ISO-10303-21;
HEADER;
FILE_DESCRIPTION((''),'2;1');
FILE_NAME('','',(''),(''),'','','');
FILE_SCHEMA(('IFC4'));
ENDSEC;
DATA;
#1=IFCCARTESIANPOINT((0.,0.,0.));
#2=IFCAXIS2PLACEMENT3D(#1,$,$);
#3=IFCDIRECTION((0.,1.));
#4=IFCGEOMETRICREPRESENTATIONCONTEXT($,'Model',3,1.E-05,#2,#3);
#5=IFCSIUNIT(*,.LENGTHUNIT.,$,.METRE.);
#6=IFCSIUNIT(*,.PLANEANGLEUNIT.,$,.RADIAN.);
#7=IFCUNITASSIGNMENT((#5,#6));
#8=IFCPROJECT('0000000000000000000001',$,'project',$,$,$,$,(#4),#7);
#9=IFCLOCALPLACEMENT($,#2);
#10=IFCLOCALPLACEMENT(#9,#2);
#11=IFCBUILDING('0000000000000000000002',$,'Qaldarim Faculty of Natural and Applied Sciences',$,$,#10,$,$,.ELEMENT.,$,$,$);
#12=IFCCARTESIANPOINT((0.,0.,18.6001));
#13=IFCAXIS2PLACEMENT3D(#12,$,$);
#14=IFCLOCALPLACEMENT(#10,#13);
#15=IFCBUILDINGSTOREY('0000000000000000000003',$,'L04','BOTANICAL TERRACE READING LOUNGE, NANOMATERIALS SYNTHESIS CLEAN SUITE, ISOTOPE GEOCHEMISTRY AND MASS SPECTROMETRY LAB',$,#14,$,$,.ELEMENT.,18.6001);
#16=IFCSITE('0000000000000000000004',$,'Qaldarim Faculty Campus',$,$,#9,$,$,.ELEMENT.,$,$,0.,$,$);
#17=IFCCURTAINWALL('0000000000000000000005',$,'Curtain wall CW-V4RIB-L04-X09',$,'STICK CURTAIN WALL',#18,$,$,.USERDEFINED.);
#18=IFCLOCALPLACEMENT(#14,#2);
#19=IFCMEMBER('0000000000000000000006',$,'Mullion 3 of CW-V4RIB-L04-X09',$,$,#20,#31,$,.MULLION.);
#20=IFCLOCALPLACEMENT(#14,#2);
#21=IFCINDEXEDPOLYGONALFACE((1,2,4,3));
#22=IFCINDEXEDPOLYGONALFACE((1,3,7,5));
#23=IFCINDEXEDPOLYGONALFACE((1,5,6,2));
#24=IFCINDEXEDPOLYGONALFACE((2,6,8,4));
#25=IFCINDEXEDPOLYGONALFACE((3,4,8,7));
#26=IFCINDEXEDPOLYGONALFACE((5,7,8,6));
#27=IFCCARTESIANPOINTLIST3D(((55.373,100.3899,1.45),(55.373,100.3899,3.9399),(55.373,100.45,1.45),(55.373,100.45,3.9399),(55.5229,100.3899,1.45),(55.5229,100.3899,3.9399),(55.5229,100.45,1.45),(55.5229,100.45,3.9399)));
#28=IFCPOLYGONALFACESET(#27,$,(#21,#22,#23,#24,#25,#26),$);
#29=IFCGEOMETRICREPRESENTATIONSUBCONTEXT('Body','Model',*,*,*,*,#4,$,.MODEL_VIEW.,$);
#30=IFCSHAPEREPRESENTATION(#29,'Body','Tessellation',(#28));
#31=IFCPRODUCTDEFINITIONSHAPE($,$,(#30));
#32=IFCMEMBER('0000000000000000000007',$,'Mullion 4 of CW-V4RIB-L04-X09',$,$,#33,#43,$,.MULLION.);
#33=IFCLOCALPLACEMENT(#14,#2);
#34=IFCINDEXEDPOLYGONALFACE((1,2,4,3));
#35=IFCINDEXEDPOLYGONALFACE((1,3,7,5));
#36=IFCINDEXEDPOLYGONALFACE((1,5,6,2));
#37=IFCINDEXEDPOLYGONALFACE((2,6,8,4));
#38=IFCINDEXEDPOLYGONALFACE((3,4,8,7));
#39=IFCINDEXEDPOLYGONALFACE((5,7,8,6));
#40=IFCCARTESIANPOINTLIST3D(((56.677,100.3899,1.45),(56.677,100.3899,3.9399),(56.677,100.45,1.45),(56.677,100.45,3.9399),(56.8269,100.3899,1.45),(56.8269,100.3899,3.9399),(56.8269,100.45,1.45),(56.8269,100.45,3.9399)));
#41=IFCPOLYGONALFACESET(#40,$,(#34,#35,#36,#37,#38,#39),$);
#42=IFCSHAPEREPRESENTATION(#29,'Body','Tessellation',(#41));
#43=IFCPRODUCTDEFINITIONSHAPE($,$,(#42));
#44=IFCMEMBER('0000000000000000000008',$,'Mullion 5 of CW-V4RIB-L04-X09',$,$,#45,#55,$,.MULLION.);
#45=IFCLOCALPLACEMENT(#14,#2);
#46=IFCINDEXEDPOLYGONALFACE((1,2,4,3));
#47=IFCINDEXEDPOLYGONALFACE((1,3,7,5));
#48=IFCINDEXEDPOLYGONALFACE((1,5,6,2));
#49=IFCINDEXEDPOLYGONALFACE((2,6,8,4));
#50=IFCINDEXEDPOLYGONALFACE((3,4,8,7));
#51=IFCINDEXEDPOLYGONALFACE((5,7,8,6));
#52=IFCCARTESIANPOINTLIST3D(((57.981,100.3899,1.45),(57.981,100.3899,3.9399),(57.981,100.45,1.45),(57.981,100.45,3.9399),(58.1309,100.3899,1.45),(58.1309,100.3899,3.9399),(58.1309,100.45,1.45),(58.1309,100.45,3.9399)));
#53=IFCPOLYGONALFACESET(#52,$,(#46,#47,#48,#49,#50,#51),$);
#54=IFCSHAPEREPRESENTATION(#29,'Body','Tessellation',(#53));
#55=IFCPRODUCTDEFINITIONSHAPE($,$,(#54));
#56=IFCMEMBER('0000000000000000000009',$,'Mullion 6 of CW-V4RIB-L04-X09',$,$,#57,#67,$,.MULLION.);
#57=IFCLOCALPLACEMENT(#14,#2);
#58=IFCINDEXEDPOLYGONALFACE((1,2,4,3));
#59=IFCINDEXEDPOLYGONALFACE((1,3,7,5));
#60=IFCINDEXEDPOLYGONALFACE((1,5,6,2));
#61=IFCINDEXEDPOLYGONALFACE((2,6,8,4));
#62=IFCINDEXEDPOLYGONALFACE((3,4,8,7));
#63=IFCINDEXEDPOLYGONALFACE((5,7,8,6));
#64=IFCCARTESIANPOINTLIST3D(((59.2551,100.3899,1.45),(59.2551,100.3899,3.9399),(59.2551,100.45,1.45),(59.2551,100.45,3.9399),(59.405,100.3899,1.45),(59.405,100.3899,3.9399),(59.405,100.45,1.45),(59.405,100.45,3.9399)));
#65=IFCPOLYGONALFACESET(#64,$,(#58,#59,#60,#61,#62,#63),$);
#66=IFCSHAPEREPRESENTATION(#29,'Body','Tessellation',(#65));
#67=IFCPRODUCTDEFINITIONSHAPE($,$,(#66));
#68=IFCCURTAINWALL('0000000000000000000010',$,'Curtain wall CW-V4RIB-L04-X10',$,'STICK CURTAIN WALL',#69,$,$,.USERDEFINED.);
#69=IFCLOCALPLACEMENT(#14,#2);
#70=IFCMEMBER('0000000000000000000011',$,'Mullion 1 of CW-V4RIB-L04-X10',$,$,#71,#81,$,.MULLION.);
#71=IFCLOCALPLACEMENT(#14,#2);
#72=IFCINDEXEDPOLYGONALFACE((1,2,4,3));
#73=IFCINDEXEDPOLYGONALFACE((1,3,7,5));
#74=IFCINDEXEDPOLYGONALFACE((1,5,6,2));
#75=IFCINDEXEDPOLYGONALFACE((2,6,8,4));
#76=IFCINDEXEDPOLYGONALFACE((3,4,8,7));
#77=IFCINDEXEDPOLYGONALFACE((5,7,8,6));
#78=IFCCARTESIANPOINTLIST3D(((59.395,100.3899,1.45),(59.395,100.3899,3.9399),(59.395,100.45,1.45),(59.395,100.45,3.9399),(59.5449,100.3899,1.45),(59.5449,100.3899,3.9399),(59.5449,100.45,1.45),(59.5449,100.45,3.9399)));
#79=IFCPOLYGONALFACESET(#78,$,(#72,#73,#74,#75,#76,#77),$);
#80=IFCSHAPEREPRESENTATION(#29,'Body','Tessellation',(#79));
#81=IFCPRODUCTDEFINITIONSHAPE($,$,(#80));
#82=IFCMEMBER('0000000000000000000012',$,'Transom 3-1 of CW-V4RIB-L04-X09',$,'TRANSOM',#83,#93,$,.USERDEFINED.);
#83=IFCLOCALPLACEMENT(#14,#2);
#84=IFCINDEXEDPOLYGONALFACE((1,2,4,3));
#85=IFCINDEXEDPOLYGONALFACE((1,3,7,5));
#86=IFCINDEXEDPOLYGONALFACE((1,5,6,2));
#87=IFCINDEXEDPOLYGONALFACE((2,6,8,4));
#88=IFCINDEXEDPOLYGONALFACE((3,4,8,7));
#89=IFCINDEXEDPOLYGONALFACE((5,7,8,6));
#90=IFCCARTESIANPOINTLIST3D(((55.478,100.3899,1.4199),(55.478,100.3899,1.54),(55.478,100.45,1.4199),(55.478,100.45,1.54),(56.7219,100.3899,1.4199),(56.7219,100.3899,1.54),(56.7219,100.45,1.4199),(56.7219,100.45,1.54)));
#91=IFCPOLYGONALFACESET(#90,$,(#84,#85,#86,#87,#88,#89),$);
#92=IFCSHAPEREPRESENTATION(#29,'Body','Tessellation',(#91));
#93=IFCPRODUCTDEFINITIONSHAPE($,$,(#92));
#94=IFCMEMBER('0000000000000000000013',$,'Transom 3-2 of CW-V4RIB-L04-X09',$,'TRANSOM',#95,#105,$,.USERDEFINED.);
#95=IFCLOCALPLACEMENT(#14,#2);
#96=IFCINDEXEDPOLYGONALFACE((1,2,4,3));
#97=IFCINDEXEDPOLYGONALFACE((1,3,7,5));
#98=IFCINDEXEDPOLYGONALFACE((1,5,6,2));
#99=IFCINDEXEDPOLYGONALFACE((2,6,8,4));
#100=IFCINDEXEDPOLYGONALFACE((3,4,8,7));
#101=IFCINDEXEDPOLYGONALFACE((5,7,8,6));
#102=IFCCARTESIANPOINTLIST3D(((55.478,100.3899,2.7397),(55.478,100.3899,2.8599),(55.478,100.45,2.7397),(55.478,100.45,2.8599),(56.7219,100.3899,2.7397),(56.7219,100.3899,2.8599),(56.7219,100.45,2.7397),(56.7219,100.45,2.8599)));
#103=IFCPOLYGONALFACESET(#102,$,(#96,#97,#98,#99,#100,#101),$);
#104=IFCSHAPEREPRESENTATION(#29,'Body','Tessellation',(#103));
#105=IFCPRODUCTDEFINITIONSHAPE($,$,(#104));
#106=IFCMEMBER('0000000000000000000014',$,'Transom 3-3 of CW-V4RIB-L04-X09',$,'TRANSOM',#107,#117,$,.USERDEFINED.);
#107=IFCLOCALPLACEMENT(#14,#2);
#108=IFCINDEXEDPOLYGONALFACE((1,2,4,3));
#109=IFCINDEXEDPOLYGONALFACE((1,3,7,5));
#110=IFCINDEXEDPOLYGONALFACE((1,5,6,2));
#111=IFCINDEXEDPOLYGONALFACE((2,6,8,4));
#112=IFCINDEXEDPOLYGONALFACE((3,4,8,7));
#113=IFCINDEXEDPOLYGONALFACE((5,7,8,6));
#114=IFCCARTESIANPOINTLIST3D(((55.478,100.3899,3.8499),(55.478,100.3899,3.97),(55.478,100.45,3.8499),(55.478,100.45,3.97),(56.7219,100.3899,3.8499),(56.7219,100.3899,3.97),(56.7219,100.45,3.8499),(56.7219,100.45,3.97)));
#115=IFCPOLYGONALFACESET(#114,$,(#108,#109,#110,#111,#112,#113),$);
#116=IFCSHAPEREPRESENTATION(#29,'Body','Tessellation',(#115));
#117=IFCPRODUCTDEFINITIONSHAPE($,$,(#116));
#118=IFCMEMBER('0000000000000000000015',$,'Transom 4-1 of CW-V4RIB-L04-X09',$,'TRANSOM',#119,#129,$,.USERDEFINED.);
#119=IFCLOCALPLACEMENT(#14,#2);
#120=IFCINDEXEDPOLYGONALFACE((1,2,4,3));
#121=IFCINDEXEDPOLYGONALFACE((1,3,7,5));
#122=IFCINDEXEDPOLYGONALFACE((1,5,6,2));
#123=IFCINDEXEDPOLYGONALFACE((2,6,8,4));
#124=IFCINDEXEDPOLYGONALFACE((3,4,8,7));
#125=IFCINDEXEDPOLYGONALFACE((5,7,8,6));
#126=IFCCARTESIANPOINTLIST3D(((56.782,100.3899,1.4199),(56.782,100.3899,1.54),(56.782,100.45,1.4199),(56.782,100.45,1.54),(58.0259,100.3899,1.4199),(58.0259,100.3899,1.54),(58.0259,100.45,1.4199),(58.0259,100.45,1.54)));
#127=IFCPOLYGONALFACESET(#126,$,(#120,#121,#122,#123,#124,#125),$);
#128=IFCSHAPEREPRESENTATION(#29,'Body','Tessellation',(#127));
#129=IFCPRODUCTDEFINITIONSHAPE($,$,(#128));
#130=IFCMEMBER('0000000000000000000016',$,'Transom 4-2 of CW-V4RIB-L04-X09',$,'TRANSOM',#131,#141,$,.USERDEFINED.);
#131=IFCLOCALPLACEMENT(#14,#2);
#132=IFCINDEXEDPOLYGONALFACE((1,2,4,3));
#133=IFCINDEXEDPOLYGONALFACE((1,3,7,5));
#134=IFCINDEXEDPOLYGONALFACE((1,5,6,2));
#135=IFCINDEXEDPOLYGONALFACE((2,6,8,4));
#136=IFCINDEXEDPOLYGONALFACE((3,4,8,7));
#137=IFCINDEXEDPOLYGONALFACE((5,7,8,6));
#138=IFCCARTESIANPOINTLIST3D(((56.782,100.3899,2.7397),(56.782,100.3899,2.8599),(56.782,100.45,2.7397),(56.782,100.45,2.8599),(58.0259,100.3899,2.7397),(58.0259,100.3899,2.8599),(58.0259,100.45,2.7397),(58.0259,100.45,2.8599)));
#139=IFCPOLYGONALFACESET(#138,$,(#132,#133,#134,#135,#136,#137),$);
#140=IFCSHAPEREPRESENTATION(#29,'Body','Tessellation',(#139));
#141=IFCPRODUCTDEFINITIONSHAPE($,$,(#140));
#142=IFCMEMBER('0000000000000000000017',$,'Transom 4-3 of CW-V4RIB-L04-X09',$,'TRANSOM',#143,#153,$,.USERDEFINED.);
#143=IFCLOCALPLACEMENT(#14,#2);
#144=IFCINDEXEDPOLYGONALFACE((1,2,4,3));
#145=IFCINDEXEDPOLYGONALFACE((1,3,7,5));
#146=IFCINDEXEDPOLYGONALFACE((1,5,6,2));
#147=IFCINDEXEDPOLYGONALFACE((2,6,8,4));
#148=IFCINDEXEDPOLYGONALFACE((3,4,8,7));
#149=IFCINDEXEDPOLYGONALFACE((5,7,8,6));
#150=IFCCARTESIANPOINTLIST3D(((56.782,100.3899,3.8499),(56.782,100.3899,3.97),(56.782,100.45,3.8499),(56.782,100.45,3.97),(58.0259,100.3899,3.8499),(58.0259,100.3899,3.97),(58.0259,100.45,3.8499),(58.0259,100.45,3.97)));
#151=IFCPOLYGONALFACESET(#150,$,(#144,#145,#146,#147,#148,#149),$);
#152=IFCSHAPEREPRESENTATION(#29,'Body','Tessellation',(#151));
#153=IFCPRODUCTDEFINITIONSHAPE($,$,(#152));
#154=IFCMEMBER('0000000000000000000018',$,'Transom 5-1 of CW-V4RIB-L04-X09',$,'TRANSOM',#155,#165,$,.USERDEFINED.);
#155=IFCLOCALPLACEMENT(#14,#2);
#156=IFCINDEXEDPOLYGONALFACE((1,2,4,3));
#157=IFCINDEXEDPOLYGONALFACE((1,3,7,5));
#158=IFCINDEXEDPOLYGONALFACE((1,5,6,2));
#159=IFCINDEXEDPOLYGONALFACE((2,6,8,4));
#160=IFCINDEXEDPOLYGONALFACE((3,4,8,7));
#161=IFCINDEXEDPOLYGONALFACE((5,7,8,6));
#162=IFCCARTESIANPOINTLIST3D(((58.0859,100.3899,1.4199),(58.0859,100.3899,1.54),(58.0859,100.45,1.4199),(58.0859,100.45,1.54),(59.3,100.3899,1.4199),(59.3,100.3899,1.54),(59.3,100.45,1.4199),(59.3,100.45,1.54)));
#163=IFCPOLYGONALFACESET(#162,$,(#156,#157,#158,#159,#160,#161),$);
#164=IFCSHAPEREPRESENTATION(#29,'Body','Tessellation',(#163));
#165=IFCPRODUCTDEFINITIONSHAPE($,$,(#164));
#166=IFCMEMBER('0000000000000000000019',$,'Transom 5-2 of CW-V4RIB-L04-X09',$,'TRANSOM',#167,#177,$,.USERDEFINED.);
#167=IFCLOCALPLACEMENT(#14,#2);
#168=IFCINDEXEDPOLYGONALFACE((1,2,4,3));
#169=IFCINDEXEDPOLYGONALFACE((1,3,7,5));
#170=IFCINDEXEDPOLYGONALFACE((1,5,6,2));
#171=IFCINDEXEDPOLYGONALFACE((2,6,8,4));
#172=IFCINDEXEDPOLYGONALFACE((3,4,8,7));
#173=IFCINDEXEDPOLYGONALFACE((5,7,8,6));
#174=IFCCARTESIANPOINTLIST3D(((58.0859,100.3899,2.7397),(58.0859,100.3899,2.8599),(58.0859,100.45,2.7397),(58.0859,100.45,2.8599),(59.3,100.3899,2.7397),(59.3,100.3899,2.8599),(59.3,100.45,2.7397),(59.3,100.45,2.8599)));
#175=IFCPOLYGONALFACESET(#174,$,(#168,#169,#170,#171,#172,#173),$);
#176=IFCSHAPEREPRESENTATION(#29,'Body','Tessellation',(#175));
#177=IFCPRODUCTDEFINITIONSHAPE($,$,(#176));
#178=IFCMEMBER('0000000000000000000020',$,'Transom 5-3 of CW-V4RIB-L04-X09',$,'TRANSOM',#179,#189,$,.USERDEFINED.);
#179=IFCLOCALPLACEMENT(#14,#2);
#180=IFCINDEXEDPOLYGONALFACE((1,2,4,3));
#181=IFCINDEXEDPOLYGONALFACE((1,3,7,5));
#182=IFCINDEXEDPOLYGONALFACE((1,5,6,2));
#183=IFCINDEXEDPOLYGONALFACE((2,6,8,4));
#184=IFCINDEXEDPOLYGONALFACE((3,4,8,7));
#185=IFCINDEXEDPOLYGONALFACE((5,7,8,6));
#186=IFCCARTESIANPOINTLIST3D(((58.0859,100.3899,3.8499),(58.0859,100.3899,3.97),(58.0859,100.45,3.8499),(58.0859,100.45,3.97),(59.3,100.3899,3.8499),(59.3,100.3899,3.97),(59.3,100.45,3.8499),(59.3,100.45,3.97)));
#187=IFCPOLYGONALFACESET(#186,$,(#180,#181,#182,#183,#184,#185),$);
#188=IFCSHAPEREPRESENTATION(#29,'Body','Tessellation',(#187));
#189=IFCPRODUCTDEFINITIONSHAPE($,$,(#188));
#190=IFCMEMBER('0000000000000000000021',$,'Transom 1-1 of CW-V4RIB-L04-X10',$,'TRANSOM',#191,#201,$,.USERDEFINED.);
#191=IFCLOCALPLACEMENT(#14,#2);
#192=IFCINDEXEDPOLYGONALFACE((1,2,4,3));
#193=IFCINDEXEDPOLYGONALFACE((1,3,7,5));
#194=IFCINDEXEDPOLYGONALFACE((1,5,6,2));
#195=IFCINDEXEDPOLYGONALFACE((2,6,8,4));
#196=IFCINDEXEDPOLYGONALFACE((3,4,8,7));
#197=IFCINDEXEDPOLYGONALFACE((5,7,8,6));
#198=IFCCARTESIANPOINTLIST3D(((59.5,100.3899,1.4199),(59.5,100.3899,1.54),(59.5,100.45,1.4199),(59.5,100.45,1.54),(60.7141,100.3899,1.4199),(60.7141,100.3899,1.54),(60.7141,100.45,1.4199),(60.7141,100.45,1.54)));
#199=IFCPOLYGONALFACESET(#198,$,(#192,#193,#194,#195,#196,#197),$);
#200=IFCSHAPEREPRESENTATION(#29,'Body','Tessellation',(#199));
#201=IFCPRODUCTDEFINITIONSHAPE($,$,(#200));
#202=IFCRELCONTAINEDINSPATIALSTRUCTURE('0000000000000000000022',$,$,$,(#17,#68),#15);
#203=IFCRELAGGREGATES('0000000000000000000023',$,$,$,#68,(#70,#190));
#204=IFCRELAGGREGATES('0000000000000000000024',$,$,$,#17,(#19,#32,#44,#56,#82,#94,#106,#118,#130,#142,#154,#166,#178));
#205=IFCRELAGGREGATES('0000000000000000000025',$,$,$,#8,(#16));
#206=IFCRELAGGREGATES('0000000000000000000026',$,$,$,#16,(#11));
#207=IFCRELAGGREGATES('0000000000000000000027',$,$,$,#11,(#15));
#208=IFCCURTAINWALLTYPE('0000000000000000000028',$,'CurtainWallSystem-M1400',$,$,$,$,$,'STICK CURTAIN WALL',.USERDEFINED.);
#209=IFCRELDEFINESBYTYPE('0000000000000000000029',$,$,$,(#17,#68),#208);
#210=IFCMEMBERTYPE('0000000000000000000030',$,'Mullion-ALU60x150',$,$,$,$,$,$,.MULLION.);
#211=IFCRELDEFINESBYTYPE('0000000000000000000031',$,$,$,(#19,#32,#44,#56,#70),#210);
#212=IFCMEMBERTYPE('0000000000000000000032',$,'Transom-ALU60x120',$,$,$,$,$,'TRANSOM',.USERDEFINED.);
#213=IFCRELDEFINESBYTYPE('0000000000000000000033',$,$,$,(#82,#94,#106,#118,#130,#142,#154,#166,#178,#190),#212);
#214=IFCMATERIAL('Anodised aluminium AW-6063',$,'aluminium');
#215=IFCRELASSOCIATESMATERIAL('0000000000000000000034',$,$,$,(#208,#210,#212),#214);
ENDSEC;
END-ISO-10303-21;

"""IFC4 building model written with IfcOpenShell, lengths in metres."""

from ifc_helpers import new_model, si_unit, direction, frame, origin, origin_2d, place, context, subcontext, project, spatial, rectangle, extrude, material, material_profile, profile_set, type_object, element, aggregate, save


model = new_model("IFC4")

# Units and contexts
model_context = context("Model", 3, precision=1e-05, world=origin(), true_north=direction((0.0, 1.0)))
body_context = subcontext(model_context, "Body", "Model", "MODEL_VIEW")
ifc_project = project(units=[si_unit("LENGTHUNIT", "METRE"), si_unit("PLANEANGLEUNIT", "RADIAN")], contexts=[model_context])

# Site, building, storey
site_placement = place(None, origin())
site = spatial("IfcSite", under=ifc_project, at=site_placement, Name="Qaldarim Faculty Campus", CompositionType="ELEMENT", RefElevation=0.0)
building_placement = place(site_placement, origin())
building = spatial("IfcBuilding", under=site, at=building_placement, Name="Qaldarim Faculty of Natural and Applied Sciences", CompositionType="ELEMENT")
storey_placement = place(building_placement, frame((0.0, 0.0, 18.6001)))
storey = spatial("IfcBuildingStorey", under=building, at=storey_placement, Name="L04", Description="BOTANICAL TERRACE READING LOUNGE, NANOMATERIALS SYNTHESIS CLEAN SUITE, ISOTOPE GEOCHEMISTRY AND MASS SPECTROMETRY LAB", CompositionType="ELEMENT", Elevation=18.6001)

# Curtain wall, members
ifc_material_1 = material(Name="Anodised aluminium AW-6063", Category="aluminium")
curtain_wall_type = type_object("IfcCurtainWallType", Name="CurtainWallSystem-M1400", ElementType="STICK CURTAIN WALL", PredefinedType="USERDEFINED", material=ifc_material_1)
curtain_wall_1_placement = place(storey_placement, origin())
curtain_wall_1 = element("IfcCurtainWall", 1, at=curtain_wall_1_placement, inside=storey, type_object=curtain_wall_type, Name="Curtain wall CW-V4RIB-L04-X09", ObjectType="STICK CURTAIN WALL", PredefinedType="USERDEFINED")
ifc_material_profile_1 = material_profile(ifc_material_1, rectangle(XDim=0.0601, YDim=0.1499, at=origin_2d()), Name="ALU-M60x150")
ifc_profile_set_1 = profile_set([ifc_material_profile_1], Name="Anodised aluminium AW-6063")
member_type_1 = type_object("IfcMemberType", Name="Mullion-ALU60x150", PredefinedType="MULLION", material=ifc_profile_set_1)
member_1_placement = place(storey_placement, frame((55.448, 100.4199, 1.45), z_axis=(0.0, 0.0, 1.0), x_axis=(0.0, 1.0, 0.0)))
member_1 = element("IfcMember", 2, at=member_1_placement, type_object=member_type_1, Name="Mullion 3 of CW-V4RIB-L04-X09", PredefinedType="MULLION", context=body_context, shape_type="SweptSolid", body=[
    extrude(rectangle(XDim=0.0601, YDim=0.1499, at=origin_2d()), origin(), (0.0, 0.0, 1.0), 2.49),
])
member_2_placement = place(storey_placement, frame((56.752, 100.4199, 1.45), z_axis=(0.0, 0.0, 1.0), x_axis=(0.0, 1.0, 0.0)))
member_2 = element("IfcMember", 3, at=member_2_placement, type_object=member_type_1, Name="Mullion 4 of CW-V4RIB-L04-X09", PredefinedType="MULLION", context=body_context, shape_type="SweptSolid", body=[
    extrude(rectangle(XDim=0.0601, YDim=0.1499, at=origin_2d()), origin(), (0.0, 0.0, 1.0), 2.49),
])
member_3_placement = place(storey_placement, frame((58.0559, 100.4199, 1.45), z_axis=(0.0, 0.0, 1.0), x_axis=(0.0, 1.0, 0.0)))
member_3 = element("IfcMember", 4, at=member_3_placement, type_object=member_type_1, Name="Mullion 5 of CW-V4RIB-L04-X09", PredefinedType="MULLION", context=body_context, shape_type="SweptSolid", body=[
    extrude(rectangle(XDim=0.0601, YDim=0.1499, at=origin_2d()), origin(), (0.0, 0.0, 1.0), 2.49),
])
member_4_placement = place(storey_placement, frame((59.3301, 100.4199, 1.45), z_axis=(0.0, 0.0, 1.0), x_axis=(0.0, 1.0, 0.0)))
member_4 = element("IfcMember", 5, at=member_4_placement, type_object=member_type_1, Name="Mullion 6 of CW-V4RIB-L04-X09", PredefinedType="MULLION", context=body_context, shape_type="SweptSolid", body=[
    extrude(rectangle(XDim=0.0601, YDim=0.1499, at=origin_2d()), origin(), (0.0, 0.0, 1.0), 2.49),
])

# Curtain wall, member
curtain_wall_2_placement = place(storey_placement, origin())
curtain_wall_2 = element("IfcCurtainWall", 6, at=curtain_wall_2_placement, inside=storey, type_object=curtain_wall_type, Name="Curtain wall CW-V4RIB-L04-X10", ObjectType="STICK CURTAIN WALL", PredefinedType="USERDEFINED")
member_5_placement = place(storey_placement, frame((59.47, 100.4199, 1.45), z_axis=(0.0, 0.0, 1.0), x_axis=(0.0, 1.0, 0.0)))
member_5 = element("IfcMember", 7, at=member_5_placement, type_object=member_type_1, Name="Mullion 1 of CW-V4RIB-L04-X10", PredefinedType="MULLION", context=body_context, shape_type="SweptSolid", body=[
    extrude(rectangle(XDim=0.0601, YDim=0.1499, at=origin_2d()), origin(), (0.0, 0.0, 1.0), 2.49),
])

# Members
ifc_material_profile_2 = material_profile(ifc_material_1, rectangle(XDim=0.0601, YDim=0.1201, at=origin_2d()), Name="ALU-T60x120")
ifc_profile_set_2 = profile_set([ifc_material_profile_2], Name="Anodised aluminium AW-6063")
member_type_2 = type_object("IfcMemberType", Name="Transom-ALU60x120", ElementType="TRANSOM", PredefinedType="USERDEFINED", material=ifc_profile_set_2)
member_6_placement = place(storey_placement, frame((55.478, 100.4199, 1.48), z_axis=(1.0, 0.0, 0.0), x_axis=(0.0, 1.0, 0.0)))
member_6 = element("IfcMember", 8, at=member_6_placement, type_object=member_type_2, Name="Transom 3-1 of CW-V4RIB-L04-X09", ObjectType="TRANSOM", PredefinedType="USERDEFINED", context=body_context, shape_type="SweptSolid", body=[
    extrude(rectangle(XDim=0.0601, YDim=0.1201, at=origin_2d()), origin(), (0.0, 0.0, 1.0), 1.2439),
])
member_7_placement = place(storey_placement, frame((55.478, 100.4199, 2.7998), z_axis=(1.0, 0.0, 0.0), x_axis=(0.0, 1.0, 0.0)))
member_7 = element("IfcMember", 9, at=member_7_placement, type_object=member_type_2, Name="Transom 3-2 of CW-V4RIB-L04-X09", ObjectType="TRANSOM", PredefinedType="USERDEFINED", context=body_context, shape_type="SweptSolid", body=[
    extrude(rectangle(XDim=0.0601, YDim=0.1201, at=origin_2d()), origin(), (0.0, 0.0, 1.0), 1.2439),
])
member_8_placement = place(storey_placement, frame((55.478, 100.4199, 3.9099), z_axis=(1.0, 0.0, 0.0), x_axis=(0.0, 1.0, 0.0)))
member_8 = element("IfcMember", 10, at=member_8_placement, type_object=member_type_2, Name="Transom 3-3 of CW-V4RIB-L04-X09", ObjectType="TRANSOM", PredefinedType="USERDEFINED", context=body_context, shape_type="SweptSolid", body=[
    extrude(rectangle(XDim=0.0601, YDim=0.1201, at=origin_2d()), origin(), (0.0, 0.0, 1.0), 1.2439),
])
member_9_placement = place(storey_placement, frame((56.782, 100.4199, 1.48), z_axis=(1.0, 0.0, 0.0), x_axis=(0.0, 1.0, 0.0)))
member_9 = element("IfcMember", 11, at=member_9_placement, type_object=member_type_2, Name="Transom 4-1 of CW-V4RIB-L04-X09", ObjectType="TRANSOM", PredefinedType="USERDEFINED", context=body_context, shape_type="SweptSolid", body=[
    extrude(rectangle(XDim=0.0601, YDim=0.1201, at=origin_2d()), origin(), (0.0, 0.0, 1.0), 1.2439),
])
member_10_placement = place(storey_placement, frame((56.782, 100.4199, 2.7998), z_axis=(1.0, 0.0, 0.0), x_axis=(0.0, 1.0, 0.0)))
member_10 = element("IfcMember", 12, at=member_10_placement, type_object=member_type_2, Name="Transom 4-2 of CW-V4RIB-L04-X09", ObjectType="TRANSOM", PredefinedType="USERDEFINED", context=body_context, shape_type="SweptSolid", body=[
    extrude(rectangle(XDim=0.0601, YDim=0.1201, at=origin_2d()), origin(), (0.0, 0.0, 1.0), 1.2439),
])
member_11_placement = place(storey_placement, frame((56.782, 100.4199, 3.9099), z_axis=(1.0, 0.0, 0.0), x_axis=(0.0, 1.0, 0.0)))
member_11 = element("IfcMember", 13, at=member_11_placement, type_object=member_type_2, Name="Transom 4-3 of CW-V4RIB-L04-X09", ObjectType="TRANSOM", PredefinedType="USERDEFINED", context=body_context, shape_type="SweptSolid", body=[
    extrude(rectangle(XDim=0.0601, YDim=0.1201, at=origin_2d()), origin(), (0.0, 0.0, 1.0), 1.2439),
])
member_12_placement = place(storey_placement, frame((58.0859, 100.4199, 1.48), z_axis=(1.0, 0.0, 0.0), x_axis=(0.0, 1.0, 0.0)))
member_12 = element("IfcMember", 14, at=member_12_placement, type_object=member_type_2, Name="Transom 5-1 of CW-V4RIB-L04-X09", ObjectType="TRANSOM", PredefinedType="USERDEFINED", context=body_context, shape_type="SweptSolid", body=[
    extrude(rectangle(XDim=0.0601, YDim=0.1201, at=origin_2d()), origin(), (0.0, 0.0, 1.0), 1.2141),
])
member_13_placement = place(storey_placement, frame((58.0859, 100.4199, 2.7998), z_axis=(1.0, 0.0, 0.0), x_axis=(0.0, 1.0, 0.0)))
member_13 = element("IfcMember", 15, at=member_13_placement, type_object=member_type_2, Name="Transom 5-2 of CW-V4RIB-L04-X09", ObjectType="TRANSOM", PredefinedType="USERDEFINED", context=body_context, shape_type="SweptSolid", body=[
    extrude(rectangle(XDim=0.0601, YDim=0.1201, at=origin_2d()), origin(), (0.0, 0.0, 1.0), 1.2141),
])
member_14_placement = place(storey_placement, frame((58.0859, 100.4199, 3.9099), z_axis=(1.0, 0.0, 0.0), x_axis=(0.0, 1.0, 0.0)))
member_14 = element("IfcMember", 16, at=member_14_placement, type_object=member_type_2, Name="Transom 5-3 of CW-V4RIB-L04-X09", ObjectType="TRANSOM", PredefinedType="USERDEFINED", context=body_context, shape_type="SweptSolid", body=[
    extrude(rectangle(XDim=0.0601, YDim=0.1201, at=origin_2d()), origin(), (0.0, 0.0, 1.0), 1.2141),
])
member_15_placement = place(storey_placement, frame((59.5, 100.4199, 1.48), z_axis=(1.0, 0.0, 0.0), x_axis=(0.0, 1.0, 0.0)))
member_15 = element("IfcMember", 17, at=member_15_placement, type_object=member_type_2, Name="Transom 1-1 of CW-V4RIB-L04-X10", ObjectType="TRANSOM", PredefinedType="USERDEFINED", context=body_context, shape_type="SweptSolid", body=[
    extrude(rectangle(XDim=0.0601, YDim=0.1201, at=origin_2d()), origin(), (0.0, 0.0, 1.0), 1.2141),
])
aggregate(curtain_wall_2, [member_5, member_15])

aggregate(curtain_wall_1, [member_1, member_2, member_3, member_4, member_6, member_7, member_8, member_9, member_10, member_11, member_12, member_13, member_14])

save(model, "model.ifc")
